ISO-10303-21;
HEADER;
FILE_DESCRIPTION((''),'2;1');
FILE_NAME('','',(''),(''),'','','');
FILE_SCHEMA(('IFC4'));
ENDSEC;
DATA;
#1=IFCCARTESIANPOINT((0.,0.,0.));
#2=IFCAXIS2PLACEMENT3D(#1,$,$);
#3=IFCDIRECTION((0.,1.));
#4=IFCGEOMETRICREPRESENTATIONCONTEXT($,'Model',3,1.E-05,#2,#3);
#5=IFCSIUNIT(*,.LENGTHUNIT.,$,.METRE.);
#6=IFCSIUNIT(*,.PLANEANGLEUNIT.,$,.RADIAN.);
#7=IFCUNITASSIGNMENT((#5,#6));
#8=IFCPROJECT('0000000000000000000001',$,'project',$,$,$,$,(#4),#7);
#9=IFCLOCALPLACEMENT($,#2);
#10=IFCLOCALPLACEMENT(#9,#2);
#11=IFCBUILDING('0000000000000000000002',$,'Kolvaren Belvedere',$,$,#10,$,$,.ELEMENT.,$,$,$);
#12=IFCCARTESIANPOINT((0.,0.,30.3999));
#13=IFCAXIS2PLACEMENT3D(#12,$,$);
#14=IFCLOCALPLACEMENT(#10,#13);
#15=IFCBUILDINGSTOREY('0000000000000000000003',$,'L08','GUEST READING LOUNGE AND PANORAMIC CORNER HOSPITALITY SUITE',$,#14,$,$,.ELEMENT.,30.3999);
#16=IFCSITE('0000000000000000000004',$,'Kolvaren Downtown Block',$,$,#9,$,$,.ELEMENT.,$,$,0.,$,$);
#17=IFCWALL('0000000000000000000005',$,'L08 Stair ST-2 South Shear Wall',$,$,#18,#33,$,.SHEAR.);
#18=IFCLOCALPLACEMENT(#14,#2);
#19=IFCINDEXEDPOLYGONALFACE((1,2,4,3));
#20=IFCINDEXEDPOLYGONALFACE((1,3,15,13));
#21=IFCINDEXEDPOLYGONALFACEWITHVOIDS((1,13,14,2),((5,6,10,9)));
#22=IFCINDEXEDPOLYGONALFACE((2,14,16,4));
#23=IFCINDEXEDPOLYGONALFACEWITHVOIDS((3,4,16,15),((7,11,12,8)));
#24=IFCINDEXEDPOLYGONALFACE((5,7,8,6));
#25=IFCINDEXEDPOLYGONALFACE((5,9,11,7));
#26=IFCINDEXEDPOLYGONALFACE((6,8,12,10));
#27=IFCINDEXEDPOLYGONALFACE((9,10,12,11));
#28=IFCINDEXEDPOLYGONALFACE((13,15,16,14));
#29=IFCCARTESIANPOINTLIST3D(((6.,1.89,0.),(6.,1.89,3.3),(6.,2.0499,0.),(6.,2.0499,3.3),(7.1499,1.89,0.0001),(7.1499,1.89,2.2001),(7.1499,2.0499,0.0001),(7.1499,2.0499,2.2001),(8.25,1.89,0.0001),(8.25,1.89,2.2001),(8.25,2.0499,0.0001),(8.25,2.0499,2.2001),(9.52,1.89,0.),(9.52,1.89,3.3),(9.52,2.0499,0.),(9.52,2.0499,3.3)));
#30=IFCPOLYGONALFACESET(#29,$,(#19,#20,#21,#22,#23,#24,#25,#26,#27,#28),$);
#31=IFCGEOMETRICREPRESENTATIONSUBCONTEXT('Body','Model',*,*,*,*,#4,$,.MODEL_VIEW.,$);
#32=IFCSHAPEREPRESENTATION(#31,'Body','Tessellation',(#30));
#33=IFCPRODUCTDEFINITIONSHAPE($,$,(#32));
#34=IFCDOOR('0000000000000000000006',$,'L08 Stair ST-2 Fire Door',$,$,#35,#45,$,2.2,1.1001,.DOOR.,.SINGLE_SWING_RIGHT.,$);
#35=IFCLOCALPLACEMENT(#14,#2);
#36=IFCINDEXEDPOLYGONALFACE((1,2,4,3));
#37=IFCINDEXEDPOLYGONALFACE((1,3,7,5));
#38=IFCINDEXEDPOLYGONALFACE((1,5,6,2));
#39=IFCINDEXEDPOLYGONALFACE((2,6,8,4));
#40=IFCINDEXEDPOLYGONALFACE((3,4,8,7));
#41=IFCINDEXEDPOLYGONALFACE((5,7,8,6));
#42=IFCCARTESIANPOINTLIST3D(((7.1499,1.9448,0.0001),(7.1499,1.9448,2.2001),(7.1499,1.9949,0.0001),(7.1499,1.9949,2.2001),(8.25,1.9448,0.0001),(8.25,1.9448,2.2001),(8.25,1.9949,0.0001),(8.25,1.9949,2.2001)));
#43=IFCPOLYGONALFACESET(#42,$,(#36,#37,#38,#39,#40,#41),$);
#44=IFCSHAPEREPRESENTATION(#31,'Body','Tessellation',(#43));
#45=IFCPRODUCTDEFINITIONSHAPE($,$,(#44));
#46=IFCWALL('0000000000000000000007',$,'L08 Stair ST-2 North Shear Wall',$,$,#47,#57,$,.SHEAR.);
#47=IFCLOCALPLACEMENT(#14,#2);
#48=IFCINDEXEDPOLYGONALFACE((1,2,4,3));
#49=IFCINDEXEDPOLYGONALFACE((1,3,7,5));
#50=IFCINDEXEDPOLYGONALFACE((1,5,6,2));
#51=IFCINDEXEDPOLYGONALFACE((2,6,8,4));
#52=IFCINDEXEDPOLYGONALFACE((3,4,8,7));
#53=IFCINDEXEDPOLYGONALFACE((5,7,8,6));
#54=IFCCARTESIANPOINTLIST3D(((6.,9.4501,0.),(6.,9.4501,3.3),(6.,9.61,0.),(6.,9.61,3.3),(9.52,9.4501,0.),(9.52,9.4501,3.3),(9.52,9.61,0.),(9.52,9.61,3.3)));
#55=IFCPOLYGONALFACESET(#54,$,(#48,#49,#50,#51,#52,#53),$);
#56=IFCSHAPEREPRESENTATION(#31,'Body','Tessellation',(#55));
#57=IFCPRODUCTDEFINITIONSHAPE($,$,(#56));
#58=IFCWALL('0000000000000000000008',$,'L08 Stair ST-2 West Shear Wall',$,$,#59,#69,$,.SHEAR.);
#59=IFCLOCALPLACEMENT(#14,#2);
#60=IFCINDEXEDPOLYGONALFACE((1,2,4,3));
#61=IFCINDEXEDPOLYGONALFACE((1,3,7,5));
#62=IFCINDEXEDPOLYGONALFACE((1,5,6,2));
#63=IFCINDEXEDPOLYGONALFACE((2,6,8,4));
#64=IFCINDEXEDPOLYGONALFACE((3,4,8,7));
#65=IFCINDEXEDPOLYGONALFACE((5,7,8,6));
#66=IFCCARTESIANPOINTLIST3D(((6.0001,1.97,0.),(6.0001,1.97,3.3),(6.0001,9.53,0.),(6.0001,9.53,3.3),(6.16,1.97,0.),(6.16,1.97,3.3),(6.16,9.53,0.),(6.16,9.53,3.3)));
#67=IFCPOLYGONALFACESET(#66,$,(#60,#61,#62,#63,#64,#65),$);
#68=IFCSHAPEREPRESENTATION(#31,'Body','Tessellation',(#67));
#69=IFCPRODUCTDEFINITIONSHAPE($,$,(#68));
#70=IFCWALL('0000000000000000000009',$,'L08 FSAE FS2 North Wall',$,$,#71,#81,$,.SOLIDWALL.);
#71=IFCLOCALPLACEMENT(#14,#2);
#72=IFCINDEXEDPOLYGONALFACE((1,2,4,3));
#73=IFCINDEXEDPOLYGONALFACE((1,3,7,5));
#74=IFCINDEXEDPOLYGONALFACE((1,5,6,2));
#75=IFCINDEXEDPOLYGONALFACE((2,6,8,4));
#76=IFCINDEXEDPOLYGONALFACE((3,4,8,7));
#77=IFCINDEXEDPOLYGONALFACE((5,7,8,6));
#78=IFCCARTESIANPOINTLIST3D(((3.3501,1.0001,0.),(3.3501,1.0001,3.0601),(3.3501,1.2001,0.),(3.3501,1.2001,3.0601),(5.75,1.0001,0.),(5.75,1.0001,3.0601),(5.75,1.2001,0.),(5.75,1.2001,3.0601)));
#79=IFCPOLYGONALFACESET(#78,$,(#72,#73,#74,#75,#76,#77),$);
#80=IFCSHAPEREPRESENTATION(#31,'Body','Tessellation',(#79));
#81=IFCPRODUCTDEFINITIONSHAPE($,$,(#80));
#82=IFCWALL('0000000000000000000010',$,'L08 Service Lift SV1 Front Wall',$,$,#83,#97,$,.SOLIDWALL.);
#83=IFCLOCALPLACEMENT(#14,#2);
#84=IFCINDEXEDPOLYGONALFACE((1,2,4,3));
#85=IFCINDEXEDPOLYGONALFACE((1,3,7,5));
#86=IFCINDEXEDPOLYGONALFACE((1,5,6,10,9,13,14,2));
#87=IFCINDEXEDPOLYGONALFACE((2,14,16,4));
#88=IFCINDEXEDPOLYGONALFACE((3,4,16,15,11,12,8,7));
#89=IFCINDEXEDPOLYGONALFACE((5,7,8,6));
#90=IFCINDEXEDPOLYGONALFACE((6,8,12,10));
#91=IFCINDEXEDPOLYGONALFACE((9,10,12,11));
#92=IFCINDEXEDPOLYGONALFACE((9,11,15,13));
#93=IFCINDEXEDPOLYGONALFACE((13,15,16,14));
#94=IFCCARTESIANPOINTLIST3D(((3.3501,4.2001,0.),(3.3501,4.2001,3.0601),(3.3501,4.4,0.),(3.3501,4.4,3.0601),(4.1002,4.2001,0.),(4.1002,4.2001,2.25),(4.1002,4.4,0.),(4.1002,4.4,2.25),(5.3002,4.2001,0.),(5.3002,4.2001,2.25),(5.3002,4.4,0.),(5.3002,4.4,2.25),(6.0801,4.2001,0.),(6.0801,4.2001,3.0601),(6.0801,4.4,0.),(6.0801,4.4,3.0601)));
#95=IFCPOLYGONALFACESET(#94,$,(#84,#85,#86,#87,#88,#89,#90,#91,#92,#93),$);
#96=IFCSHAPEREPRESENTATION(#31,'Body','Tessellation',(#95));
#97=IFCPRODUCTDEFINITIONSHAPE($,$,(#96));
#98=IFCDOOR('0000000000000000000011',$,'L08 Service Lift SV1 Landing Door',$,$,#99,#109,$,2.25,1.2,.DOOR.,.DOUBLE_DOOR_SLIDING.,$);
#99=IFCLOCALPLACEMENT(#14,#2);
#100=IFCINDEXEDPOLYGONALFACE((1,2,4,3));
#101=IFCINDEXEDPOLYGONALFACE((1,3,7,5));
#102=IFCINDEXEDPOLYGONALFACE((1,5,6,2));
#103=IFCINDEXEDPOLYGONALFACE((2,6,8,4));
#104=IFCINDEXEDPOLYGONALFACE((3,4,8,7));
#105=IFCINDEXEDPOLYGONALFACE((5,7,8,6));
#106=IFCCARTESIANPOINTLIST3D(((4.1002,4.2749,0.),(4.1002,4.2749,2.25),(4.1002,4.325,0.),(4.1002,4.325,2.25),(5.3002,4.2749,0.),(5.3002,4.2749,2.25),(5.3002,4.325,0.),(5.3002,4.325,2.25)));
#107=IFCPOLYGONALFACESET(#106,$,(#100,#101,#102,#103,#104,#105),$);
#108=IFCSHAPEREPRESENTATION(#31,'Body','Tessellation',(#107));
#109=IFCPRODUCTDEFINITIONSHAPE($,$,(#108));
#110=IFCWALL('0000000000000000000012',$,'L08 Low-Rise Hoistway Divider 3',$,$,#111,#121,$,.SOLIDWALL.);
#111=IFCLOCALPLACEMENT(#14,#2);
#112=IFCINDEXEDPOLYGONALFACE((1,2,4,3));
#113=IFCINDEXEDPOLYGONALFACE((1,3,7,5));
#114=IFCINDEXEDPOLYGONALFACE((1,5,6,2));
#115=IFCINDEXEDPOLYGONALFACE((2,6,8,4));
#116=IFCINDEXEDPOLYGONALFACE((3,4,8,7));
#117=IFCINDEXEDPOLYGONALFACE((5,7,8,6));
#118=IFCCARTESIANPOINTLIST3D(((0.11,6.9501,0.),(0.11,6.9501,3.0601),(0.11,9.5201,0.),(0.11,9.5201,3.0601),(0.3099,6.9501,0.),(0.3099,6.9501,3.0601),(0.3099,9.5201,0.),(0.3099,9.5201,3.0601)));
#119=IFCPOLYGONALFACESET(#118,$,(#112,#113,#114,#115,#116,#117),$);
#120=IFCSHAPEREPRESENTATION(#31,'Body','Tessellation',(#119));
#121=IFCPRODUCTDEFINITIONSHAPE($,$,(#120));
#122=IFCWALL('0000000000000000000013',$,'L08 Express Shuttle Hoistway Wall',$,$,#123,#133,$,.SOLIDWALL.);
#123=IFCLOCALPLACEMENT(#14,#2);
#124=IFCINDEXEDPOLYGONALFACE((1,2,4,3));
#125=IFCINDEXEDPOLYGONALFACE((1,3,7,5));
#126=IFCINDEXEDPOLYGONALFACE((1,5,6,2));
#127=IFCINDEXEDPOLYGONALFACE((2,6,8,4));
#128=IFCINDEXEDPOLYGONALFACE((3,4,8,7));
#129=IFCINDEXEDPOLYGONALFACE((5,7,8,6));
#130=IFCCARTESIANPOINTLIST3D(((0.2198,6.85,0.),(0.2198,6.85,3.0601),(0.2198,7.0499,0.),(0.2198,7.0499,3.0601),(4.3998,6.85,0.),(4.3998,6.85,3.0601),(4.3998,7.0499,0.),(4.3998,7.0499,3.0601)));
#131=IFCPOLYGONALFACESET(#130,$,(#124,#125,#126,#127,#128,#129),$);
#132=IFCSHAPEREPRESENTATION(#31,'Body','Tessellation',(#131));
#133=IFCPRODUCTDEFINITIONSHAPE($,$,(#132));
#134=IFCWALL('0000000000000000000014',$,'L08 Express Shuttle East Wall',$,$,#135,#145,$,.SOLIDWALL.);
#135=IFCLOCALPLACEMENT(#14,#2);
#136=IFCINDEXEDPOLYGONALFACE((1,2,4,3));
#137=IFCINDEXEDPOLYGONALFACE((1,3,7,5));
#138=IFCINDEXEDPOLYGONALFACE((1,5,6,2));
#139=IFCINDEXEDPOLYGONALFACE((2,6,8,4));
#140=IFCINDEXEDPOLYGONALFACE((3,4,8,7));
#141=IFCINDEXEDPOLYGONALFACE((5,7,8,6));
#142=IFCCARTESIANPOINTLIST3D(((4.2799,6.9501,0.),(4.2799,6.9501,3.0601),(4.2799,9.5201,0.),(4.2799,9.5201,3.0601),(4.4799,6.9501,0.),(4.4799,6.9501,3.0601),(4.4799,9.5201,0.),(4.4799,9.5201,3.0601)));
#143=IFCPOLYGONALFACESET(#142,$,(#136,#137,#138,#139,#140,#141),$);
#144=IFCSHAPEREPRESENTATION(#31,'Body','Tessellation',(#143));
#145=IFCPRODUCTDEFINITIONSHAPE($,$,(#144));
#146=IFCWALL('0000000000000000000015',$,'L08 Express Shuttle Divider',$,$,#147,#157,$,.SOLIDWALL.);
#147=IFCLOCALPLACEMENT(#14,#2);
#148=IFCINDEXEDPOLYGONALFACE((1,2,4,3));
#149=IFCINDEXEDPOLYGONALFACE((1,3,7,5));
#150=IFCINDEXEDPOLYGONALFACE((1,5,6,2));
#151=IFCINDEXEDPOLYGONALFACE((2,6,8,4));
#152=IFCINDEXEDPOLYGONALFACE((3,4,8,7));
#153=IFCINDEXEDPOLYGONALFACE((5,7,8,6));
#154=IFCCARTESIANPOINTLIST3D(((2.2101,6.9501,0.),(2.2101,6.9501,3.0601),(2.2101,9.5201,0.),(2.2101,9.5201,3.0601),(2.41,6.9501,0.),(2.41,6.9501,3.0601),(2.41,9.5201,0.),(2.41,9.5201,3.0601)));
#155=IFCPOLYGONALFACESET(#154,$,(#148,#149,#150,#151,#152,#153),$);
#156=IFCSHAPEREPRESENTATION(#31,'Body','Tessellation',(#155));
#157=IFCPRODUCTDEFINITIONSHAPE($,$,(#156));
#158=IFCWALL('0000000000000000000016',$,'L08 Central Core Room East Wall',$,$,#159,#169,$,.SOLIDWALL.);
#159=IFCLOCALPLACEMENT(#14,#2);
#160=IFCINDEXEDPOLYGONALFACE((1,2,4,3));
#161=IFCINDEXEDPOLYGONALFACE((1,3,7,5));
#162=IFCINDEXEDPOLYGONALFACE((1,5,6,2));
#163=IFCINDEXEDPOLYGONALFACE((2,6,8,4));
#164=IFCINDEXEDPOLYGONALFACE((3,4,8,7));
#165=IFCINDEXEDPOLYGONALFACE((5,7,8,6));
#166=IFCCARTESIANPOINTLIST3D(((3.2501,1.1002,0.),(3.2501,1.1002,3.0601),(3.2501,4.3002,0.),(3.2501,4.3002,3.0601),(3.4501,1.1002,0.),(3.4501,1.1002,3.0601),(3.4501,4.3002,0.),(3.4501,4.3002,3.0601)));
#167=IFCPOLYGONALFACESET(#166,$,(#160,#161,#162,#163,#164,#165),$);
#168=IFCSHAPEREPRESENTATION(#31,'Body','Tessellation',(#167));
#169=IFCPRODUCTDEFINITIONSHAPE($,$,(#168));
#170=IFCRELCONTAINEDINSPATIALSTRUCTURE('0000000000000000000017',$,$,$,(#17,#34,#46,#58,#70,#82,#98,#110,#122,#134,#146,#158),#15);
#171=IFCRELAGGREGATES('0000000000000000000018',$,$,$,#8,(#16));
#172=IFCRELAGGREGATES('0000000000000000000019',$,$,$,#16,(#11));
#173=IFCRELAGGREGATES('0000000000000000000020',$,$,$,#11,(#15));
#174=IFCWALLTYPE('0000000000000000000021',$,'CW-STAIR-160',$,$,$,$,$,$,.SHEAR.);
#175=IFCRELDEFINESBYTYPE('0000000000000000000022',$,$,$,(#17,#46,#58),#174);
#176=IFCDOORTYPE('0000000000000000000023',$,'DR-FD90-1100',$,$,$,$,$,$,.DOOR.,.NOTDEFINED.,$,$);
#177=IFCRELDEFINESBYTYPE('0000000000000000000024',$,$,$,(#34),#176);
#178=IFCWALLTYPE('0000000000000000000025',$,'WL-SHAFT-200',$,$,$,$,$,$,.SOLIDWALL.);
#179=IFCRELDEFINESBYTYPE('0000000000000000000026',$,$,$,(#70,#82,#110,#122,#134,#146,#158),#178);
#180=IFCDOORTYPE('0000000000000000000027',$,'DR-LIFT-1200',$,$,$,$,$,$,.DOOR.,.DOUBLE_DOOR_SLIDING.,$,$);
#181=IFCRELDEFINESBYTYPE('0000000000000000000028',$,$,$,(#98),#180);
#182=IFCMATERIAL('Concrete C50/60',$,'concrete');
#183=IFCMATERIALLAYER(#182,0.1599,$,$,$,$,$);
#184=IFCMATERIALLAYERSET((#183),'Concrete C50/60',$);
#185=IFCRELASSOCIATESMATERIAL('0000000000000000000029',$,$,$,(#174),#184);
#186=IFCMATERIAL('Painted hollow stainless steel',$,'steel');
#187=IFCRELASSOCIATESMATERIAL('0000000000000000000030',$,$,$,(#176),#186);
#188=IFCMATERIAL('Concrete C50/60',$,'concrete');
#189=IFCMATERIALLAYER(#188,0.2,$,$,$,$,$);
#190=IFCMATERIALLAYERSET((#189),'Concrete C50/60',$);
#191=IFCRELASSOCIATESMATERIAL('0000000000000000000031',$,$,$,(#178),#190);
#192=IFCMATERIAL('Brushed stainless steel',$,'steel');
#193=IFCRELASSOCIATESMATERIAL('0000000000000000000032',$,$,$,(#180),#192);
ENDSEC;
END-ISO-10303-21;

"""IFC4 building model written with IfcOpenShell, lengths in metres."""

from ifc_helpers import new_model, si_unit, direction, frame, frame_2d, origin, place, context, subcontext, project, spatial, rectangle, extrude, material, layer, layer_set, type_object, element, fill, save


model = new_model("IFC4")

# Units and contexts
model_context = context("Model", 3, precision=1e-05, world=origin(), true_north=direction((0.0, 1.0)))
body_context = subcontext(model_context, "Body", "Model", "MODEL_VIEW")
ifc_project = project(units=[si_unit("LENGTHUNIT", "METRE"), si_unit("PLANEANGLEUNIT", "RADIAN")], contexts=[model_context])

# Site, building, storey
site_placement = place(None, origin())
site = spatial("IfcSite", under=ifc_project, at=site_placement, Name="Kolvaren Downtown Block", CompositionType="ELEMENT", RefElevation=0.0)
building_placement = place(site_placement, origin())
building = spatial("IfcBuilding", under=site, at=building_placement, Name="Kolvaren Belvedere", CompositionType="ELEMENT")
storey_placement = place(building_placement, frame((0.0, 0.0, 30.3999)))
storey = spatial("IfcBuildingStorey", under=building, at=storey_placement, Name="L08", Description="GUEST READING LOUNGE AND PANORAMIC CORNER HOSPITALITY SUITE", CompositionType="ELEMENT", Elevation=30.3999)

# Wall, opening, door
ifc_material_1 = material(Name="Concrete C50/60", Category="concrete")
ifc_layer_1 = layer(ifc_material_1, 0.1599)
ifc_layer_set_1 = layer_set([ifc_layer_1], Name="Concrete C50/60")
wall_type_1 = type_object("IfcWallType", Name="CW-STAIR-160", PredefinedType="SHEAR", material=ifc_layer_set_1)
wall_1_placement = place(storey_placement, frame((6.0, 1.97, 0.0), z_axis=(0.0, 0.0, 1.0), x_axis=(1.0, 0.0, 0.0)))
wall_1 = element("IfcWall", 1, at=wall_1_placement, inside=storey, type_object=wall_type_1, Name="L08 Stair ST-2 South Shear Wall", PredefinedType="SHEAR", context=body_context, shape_type="SweptSolid", body=[
    extrude(rectangle(XDim=3.52, YDim=0.1599, at=frame_2d((1.76, 0.0))), origin(), (0.0, 0.0, 1.0), 3.3),
])
opening_1_placement = place(wall_1_placement, frame((1.1499, 0.0, 0.0)))
opening_1 = element("IfcOpeningElement", 2, at=opening_1_placement, cuts=wall_1, PredefinedType="OPENING", context=body_context, shape_type="SweptSolid", body=[
    extrude(rectangle(XDim=1.1001, YDim=2.2, at=frame_2d((0.55, 1.1001))), frame((0.0, 0.0898, 0.0), z_axis=(0.0, -1.0, 0.0), x_axis=(1.0, 0.0, 0.0)), (0.0, 0.0, 1.0), 0.1799),
])
ifc_material_2 = material(Name="Painted hollow stainless steel", Category="steel")
door_type_1 = type_object("IfcDoorType", Name="DR-FD90-1100", OperationType="NOTDEFINED", PredefinedType="DOOR", material=ifc_material_2)
door_1_placement = place(opening_1_placement, origin())
door_1 = element("IfcDoor", 3, at=door_1_placement, inside=storey, type_object=door_type_1, Name="L08 Stair ST-2 Fire Door", OperationType="SINGLE_SWING_RIGHT", OverallHeight=2.2, OverallWidth=1.1001, PredefinedType="DOOR", context=body_context, shape_type="SweptSolid", body=[
    extrude(rectangle(XDim=1.1001, YDim=2.2, at=frame_2d((0.55, 1.1001))), frame((0.0, 0.0249, 0.0), z_axis=(0.0, -1.0, 0.0), x_axis=(1.0, 0.0, 0.0)), (0.0, 0.0, 1.0), 0.05),
])
fill(opening_1, door_1)

# Walls
wall_2_placement = place(storey_placement, frame((6.0, 9.53, 0.0), z_axis=(0.0, 0.0, 1.0), x_axis=(1.0, 0.0, 0.0)))
element("IfcWall", 4, at=wall_2_placement, inside=storey, type_object=wall_type_1, Name="L08 Stair ST-2 North Shear Wall", PredefinedType="SHEAR", context=body_context, shape_type="SweptSolid", body=[
    extrude(rectangle(XDim=3.52, YDim=0.1599, at=frame_2d((1.76, 0.0))), origin(), (0.0, 0.0, 1.0), 3.3),
])
wall_3_placement = place(storey_placement, frame((6.0801, 1.97, 0.0), z_axis=(0.0, 0.0, 1.0), x_axis=(0.0, 1.0, 0.0)))
element("IfcWall", 5, at=wall_3_placement, inside=storey, type_object=wall_type_1, Name="L08 Stair ST-2 West Shear Wall", PredefinedType="SHEAR", context=body_context, shape_type="SweptSolid", body=[
    extrude(rectangle(XDim=7.5601, YDim=0.1599, at=frame_2d((3.78, 0.0))), origin(), (0.0, 0.0, 1.0), 3.3),
])
ifc_material_3 = material(Name="Concrete C50/60", Category="concrete")
ifc_layer_2 = layer(ifc_material_3, 0.2)
ifc_layer_set_2 = layer_set([ifc_layer_2], Name="Concrete C50/60")
wall_type_2 = type_object("IfcWallType", Name="WL-SHAFT-200", PredefinedType="SOLIDWALL", material=ifc_layer_set_2)
wall_4_placement = place(storey_placement, frame((3.3501, 1.1001, 0.0), z_axis=(0.0, 0.0, 1.0), x_axis=(1.0, 0.0, 0.0)))
element("IfcWall", 6, at=wall_4_placement, inside=storey, type_object=wall_type_2, Name="L08 FSAE FS2 North Wall", PredefinedType="SOLIDWALL", context=body_context, shape_type="SweptSolid", body=[
    extrude(rectangle(XDim=2.3999, YDim=0.2, at=frame_2d((1.2, 0.0))), origin(), (0.0, 0.0, 1.0), 3.0601),
])

# Wall, opening, door
wall_5_placement = place(storey_placement, frame((3.3501, 4.3, 0.0), z_axis=(0.0, 0.0, 1.0), x_axis=(1.0, 0.0, 0.0)))
wall_5 = element("IfcWall", 7, at=wall_5_placement, inside=storey, type_object=wall_type_2, Name="L08 Service Lift SV1 Front Wall", PredefinedType="SOLIDWALL", context=body_context, shape_type="SweptSolid", body=[
    extrude(rectangle(XDim=2.73, YDim=0.2, at=frame_2d((1.365, 0.0))), origin(), (0.0, 0.0, 1.0), 3.0601),
])
opening_2_placement = place(wall_5_placement, frame((0.75, 0.0, 0.0)))
opening_2 = element("IfcOpeningElement", 8, at=opening_2_placement, cuts=wall_5, PredefinedType="OPENING", context=body_context, shape_type="SweptSolid", body=[
    extrude(rectangle(XDim=1.2, YDim=2.25, at=frame_2d((0.6001, 1.125))), frame((0.0, 0.1099, 0.0), z_axis=(0.0, -1.0, 0.0), x_axis=(1.0, 0.0, 0.0)), (0.0, 0.0, 1.0), 0.22),
])
ifc_material_4 = material(Name="Brushed stainless steel", Category="steel")
door_type_2 = type_object("IfcDoorType", Name="DR-LIFT-1200", OperationType="DOUBLE_DOOR_SLIDING", PredefinedType="DOOR", material=ifc_material_4)
door_2_placement = place(opening_2_placement, origin())
door_2 = element("IfcDoor", 9, at=door_2_placement, inside=storey, type_object=door_type_2, Name="L08 Service Lift SV1 Landing Door", OperationType="DOUBLE_DOOR_SLIDING", OverallHeight=2.25, OverallWidth=1.2, PredefinedType="DOOR", context=body_context, shape_type="SweptSolid", body=[
    extrude(rectangle(XDim=1.2, YDim=2.25, at=frame_2d((0.6001, 1.125))), frame((0.0, 0.0249, 0.0), z_axis=(0.0, -1.0, 0.0), x_axis=(1.0, 0.0, 0.0)), (0.0, 0.0, 1.0), 0.05),
])
fill(opening_2, door_2)

# Walls
wall_6_placement = place(storey_placement, frame((0.21, 6.95, 0.0), z_axis=(0.0, 0.0, 1.0), x_axis=(0.0, 1.0, 0.0)))
element("IfcWall", 10, at=wall_6_placement, inside=storey, type_object=wall_type_2, Name="L08 Low-Rise Hoistway Divider 3", PredefinedType="SOLIDWALL", context=body_context, shape_type="SweptSolid", body=[
    extrude(rectangle(XDim=2.5701, YDim=0.2, at=frame_2d((1.2852, 0.0))), origin(), (0.0, 0.0, 1.0), 3.0601),
])
wall_7_placement = place(storey_placement, frame((0.22, 6.95, 0.0), z_axis=(0.0, 0.0, 1.0), x_axis=(1.0, 0.0, 0.0)))
element("IfcWall", 11, at=wall_7_placement, inside=storey, type_object=wall_type_2, Name="L08 Express Shuttle Hoistway Wall", PredefinedType="SOLIDWALL", context=body_context, shape_type="SweptSolid", body=[
    extrude(rectangle(XDim=4.1799, YDim=0.2, at=frame_2d((2.0898, 0.0))), origin(), (0.0, 0.0, 1.0), 3.0601),
])
for number, where, z_axis, x_axis, name in (
    (12, (4.3799, 6.95, 0.0), (0.0, 0.0, 1.0), (0.0, 1.0, 0.0), "L08 Express Shuttle East Wall"),
    (13, (2.3101, 6.95, 0.0), (0.0, 0.0, 1.0), (0.0, 1.0, 0.0), "L08 Express Shuttle Divider"),
):
    element("IfcWall", number, at=place(storey_placement, frame(where, z_axis=z_axis, x_axis=x_axis)), inside=storey, type_object=wall_type_2, Name=name, PredefinedType="SOLIDWALL", context=body_context, shape_type="SweptSolid", body=[
        extrude(rectangle(XDim=2.5701, YDim=0.2, at=frame_2d((1.2852, 0.0))), origin(), (0.0, 0.0, 1.0), 3.0601),
    ])
wall_8_placement = place(storey_placement, frame((3.3501, 1.1001, 0.0), z_axis=(0.0, 0.0, 1.0), x_axis=(0.0, 1.0, 0.0)))
element("IfcWall", 14, at=wall_8_placement, inside=storey, type_object=wall_type_2, Name="L08 Central Core Room East Wall", PredefinedType="SOLIDWALL", context=body_context, shape_type="SweptSolid", body=[
    extrude(rectangle(XDim=3.2, YDim=0.2, at=frame_2d((1.6001, 0.0))), origin(), (0.0, 0.0, 1.0), 3.0601),
])

save(model, "model.ifc")
